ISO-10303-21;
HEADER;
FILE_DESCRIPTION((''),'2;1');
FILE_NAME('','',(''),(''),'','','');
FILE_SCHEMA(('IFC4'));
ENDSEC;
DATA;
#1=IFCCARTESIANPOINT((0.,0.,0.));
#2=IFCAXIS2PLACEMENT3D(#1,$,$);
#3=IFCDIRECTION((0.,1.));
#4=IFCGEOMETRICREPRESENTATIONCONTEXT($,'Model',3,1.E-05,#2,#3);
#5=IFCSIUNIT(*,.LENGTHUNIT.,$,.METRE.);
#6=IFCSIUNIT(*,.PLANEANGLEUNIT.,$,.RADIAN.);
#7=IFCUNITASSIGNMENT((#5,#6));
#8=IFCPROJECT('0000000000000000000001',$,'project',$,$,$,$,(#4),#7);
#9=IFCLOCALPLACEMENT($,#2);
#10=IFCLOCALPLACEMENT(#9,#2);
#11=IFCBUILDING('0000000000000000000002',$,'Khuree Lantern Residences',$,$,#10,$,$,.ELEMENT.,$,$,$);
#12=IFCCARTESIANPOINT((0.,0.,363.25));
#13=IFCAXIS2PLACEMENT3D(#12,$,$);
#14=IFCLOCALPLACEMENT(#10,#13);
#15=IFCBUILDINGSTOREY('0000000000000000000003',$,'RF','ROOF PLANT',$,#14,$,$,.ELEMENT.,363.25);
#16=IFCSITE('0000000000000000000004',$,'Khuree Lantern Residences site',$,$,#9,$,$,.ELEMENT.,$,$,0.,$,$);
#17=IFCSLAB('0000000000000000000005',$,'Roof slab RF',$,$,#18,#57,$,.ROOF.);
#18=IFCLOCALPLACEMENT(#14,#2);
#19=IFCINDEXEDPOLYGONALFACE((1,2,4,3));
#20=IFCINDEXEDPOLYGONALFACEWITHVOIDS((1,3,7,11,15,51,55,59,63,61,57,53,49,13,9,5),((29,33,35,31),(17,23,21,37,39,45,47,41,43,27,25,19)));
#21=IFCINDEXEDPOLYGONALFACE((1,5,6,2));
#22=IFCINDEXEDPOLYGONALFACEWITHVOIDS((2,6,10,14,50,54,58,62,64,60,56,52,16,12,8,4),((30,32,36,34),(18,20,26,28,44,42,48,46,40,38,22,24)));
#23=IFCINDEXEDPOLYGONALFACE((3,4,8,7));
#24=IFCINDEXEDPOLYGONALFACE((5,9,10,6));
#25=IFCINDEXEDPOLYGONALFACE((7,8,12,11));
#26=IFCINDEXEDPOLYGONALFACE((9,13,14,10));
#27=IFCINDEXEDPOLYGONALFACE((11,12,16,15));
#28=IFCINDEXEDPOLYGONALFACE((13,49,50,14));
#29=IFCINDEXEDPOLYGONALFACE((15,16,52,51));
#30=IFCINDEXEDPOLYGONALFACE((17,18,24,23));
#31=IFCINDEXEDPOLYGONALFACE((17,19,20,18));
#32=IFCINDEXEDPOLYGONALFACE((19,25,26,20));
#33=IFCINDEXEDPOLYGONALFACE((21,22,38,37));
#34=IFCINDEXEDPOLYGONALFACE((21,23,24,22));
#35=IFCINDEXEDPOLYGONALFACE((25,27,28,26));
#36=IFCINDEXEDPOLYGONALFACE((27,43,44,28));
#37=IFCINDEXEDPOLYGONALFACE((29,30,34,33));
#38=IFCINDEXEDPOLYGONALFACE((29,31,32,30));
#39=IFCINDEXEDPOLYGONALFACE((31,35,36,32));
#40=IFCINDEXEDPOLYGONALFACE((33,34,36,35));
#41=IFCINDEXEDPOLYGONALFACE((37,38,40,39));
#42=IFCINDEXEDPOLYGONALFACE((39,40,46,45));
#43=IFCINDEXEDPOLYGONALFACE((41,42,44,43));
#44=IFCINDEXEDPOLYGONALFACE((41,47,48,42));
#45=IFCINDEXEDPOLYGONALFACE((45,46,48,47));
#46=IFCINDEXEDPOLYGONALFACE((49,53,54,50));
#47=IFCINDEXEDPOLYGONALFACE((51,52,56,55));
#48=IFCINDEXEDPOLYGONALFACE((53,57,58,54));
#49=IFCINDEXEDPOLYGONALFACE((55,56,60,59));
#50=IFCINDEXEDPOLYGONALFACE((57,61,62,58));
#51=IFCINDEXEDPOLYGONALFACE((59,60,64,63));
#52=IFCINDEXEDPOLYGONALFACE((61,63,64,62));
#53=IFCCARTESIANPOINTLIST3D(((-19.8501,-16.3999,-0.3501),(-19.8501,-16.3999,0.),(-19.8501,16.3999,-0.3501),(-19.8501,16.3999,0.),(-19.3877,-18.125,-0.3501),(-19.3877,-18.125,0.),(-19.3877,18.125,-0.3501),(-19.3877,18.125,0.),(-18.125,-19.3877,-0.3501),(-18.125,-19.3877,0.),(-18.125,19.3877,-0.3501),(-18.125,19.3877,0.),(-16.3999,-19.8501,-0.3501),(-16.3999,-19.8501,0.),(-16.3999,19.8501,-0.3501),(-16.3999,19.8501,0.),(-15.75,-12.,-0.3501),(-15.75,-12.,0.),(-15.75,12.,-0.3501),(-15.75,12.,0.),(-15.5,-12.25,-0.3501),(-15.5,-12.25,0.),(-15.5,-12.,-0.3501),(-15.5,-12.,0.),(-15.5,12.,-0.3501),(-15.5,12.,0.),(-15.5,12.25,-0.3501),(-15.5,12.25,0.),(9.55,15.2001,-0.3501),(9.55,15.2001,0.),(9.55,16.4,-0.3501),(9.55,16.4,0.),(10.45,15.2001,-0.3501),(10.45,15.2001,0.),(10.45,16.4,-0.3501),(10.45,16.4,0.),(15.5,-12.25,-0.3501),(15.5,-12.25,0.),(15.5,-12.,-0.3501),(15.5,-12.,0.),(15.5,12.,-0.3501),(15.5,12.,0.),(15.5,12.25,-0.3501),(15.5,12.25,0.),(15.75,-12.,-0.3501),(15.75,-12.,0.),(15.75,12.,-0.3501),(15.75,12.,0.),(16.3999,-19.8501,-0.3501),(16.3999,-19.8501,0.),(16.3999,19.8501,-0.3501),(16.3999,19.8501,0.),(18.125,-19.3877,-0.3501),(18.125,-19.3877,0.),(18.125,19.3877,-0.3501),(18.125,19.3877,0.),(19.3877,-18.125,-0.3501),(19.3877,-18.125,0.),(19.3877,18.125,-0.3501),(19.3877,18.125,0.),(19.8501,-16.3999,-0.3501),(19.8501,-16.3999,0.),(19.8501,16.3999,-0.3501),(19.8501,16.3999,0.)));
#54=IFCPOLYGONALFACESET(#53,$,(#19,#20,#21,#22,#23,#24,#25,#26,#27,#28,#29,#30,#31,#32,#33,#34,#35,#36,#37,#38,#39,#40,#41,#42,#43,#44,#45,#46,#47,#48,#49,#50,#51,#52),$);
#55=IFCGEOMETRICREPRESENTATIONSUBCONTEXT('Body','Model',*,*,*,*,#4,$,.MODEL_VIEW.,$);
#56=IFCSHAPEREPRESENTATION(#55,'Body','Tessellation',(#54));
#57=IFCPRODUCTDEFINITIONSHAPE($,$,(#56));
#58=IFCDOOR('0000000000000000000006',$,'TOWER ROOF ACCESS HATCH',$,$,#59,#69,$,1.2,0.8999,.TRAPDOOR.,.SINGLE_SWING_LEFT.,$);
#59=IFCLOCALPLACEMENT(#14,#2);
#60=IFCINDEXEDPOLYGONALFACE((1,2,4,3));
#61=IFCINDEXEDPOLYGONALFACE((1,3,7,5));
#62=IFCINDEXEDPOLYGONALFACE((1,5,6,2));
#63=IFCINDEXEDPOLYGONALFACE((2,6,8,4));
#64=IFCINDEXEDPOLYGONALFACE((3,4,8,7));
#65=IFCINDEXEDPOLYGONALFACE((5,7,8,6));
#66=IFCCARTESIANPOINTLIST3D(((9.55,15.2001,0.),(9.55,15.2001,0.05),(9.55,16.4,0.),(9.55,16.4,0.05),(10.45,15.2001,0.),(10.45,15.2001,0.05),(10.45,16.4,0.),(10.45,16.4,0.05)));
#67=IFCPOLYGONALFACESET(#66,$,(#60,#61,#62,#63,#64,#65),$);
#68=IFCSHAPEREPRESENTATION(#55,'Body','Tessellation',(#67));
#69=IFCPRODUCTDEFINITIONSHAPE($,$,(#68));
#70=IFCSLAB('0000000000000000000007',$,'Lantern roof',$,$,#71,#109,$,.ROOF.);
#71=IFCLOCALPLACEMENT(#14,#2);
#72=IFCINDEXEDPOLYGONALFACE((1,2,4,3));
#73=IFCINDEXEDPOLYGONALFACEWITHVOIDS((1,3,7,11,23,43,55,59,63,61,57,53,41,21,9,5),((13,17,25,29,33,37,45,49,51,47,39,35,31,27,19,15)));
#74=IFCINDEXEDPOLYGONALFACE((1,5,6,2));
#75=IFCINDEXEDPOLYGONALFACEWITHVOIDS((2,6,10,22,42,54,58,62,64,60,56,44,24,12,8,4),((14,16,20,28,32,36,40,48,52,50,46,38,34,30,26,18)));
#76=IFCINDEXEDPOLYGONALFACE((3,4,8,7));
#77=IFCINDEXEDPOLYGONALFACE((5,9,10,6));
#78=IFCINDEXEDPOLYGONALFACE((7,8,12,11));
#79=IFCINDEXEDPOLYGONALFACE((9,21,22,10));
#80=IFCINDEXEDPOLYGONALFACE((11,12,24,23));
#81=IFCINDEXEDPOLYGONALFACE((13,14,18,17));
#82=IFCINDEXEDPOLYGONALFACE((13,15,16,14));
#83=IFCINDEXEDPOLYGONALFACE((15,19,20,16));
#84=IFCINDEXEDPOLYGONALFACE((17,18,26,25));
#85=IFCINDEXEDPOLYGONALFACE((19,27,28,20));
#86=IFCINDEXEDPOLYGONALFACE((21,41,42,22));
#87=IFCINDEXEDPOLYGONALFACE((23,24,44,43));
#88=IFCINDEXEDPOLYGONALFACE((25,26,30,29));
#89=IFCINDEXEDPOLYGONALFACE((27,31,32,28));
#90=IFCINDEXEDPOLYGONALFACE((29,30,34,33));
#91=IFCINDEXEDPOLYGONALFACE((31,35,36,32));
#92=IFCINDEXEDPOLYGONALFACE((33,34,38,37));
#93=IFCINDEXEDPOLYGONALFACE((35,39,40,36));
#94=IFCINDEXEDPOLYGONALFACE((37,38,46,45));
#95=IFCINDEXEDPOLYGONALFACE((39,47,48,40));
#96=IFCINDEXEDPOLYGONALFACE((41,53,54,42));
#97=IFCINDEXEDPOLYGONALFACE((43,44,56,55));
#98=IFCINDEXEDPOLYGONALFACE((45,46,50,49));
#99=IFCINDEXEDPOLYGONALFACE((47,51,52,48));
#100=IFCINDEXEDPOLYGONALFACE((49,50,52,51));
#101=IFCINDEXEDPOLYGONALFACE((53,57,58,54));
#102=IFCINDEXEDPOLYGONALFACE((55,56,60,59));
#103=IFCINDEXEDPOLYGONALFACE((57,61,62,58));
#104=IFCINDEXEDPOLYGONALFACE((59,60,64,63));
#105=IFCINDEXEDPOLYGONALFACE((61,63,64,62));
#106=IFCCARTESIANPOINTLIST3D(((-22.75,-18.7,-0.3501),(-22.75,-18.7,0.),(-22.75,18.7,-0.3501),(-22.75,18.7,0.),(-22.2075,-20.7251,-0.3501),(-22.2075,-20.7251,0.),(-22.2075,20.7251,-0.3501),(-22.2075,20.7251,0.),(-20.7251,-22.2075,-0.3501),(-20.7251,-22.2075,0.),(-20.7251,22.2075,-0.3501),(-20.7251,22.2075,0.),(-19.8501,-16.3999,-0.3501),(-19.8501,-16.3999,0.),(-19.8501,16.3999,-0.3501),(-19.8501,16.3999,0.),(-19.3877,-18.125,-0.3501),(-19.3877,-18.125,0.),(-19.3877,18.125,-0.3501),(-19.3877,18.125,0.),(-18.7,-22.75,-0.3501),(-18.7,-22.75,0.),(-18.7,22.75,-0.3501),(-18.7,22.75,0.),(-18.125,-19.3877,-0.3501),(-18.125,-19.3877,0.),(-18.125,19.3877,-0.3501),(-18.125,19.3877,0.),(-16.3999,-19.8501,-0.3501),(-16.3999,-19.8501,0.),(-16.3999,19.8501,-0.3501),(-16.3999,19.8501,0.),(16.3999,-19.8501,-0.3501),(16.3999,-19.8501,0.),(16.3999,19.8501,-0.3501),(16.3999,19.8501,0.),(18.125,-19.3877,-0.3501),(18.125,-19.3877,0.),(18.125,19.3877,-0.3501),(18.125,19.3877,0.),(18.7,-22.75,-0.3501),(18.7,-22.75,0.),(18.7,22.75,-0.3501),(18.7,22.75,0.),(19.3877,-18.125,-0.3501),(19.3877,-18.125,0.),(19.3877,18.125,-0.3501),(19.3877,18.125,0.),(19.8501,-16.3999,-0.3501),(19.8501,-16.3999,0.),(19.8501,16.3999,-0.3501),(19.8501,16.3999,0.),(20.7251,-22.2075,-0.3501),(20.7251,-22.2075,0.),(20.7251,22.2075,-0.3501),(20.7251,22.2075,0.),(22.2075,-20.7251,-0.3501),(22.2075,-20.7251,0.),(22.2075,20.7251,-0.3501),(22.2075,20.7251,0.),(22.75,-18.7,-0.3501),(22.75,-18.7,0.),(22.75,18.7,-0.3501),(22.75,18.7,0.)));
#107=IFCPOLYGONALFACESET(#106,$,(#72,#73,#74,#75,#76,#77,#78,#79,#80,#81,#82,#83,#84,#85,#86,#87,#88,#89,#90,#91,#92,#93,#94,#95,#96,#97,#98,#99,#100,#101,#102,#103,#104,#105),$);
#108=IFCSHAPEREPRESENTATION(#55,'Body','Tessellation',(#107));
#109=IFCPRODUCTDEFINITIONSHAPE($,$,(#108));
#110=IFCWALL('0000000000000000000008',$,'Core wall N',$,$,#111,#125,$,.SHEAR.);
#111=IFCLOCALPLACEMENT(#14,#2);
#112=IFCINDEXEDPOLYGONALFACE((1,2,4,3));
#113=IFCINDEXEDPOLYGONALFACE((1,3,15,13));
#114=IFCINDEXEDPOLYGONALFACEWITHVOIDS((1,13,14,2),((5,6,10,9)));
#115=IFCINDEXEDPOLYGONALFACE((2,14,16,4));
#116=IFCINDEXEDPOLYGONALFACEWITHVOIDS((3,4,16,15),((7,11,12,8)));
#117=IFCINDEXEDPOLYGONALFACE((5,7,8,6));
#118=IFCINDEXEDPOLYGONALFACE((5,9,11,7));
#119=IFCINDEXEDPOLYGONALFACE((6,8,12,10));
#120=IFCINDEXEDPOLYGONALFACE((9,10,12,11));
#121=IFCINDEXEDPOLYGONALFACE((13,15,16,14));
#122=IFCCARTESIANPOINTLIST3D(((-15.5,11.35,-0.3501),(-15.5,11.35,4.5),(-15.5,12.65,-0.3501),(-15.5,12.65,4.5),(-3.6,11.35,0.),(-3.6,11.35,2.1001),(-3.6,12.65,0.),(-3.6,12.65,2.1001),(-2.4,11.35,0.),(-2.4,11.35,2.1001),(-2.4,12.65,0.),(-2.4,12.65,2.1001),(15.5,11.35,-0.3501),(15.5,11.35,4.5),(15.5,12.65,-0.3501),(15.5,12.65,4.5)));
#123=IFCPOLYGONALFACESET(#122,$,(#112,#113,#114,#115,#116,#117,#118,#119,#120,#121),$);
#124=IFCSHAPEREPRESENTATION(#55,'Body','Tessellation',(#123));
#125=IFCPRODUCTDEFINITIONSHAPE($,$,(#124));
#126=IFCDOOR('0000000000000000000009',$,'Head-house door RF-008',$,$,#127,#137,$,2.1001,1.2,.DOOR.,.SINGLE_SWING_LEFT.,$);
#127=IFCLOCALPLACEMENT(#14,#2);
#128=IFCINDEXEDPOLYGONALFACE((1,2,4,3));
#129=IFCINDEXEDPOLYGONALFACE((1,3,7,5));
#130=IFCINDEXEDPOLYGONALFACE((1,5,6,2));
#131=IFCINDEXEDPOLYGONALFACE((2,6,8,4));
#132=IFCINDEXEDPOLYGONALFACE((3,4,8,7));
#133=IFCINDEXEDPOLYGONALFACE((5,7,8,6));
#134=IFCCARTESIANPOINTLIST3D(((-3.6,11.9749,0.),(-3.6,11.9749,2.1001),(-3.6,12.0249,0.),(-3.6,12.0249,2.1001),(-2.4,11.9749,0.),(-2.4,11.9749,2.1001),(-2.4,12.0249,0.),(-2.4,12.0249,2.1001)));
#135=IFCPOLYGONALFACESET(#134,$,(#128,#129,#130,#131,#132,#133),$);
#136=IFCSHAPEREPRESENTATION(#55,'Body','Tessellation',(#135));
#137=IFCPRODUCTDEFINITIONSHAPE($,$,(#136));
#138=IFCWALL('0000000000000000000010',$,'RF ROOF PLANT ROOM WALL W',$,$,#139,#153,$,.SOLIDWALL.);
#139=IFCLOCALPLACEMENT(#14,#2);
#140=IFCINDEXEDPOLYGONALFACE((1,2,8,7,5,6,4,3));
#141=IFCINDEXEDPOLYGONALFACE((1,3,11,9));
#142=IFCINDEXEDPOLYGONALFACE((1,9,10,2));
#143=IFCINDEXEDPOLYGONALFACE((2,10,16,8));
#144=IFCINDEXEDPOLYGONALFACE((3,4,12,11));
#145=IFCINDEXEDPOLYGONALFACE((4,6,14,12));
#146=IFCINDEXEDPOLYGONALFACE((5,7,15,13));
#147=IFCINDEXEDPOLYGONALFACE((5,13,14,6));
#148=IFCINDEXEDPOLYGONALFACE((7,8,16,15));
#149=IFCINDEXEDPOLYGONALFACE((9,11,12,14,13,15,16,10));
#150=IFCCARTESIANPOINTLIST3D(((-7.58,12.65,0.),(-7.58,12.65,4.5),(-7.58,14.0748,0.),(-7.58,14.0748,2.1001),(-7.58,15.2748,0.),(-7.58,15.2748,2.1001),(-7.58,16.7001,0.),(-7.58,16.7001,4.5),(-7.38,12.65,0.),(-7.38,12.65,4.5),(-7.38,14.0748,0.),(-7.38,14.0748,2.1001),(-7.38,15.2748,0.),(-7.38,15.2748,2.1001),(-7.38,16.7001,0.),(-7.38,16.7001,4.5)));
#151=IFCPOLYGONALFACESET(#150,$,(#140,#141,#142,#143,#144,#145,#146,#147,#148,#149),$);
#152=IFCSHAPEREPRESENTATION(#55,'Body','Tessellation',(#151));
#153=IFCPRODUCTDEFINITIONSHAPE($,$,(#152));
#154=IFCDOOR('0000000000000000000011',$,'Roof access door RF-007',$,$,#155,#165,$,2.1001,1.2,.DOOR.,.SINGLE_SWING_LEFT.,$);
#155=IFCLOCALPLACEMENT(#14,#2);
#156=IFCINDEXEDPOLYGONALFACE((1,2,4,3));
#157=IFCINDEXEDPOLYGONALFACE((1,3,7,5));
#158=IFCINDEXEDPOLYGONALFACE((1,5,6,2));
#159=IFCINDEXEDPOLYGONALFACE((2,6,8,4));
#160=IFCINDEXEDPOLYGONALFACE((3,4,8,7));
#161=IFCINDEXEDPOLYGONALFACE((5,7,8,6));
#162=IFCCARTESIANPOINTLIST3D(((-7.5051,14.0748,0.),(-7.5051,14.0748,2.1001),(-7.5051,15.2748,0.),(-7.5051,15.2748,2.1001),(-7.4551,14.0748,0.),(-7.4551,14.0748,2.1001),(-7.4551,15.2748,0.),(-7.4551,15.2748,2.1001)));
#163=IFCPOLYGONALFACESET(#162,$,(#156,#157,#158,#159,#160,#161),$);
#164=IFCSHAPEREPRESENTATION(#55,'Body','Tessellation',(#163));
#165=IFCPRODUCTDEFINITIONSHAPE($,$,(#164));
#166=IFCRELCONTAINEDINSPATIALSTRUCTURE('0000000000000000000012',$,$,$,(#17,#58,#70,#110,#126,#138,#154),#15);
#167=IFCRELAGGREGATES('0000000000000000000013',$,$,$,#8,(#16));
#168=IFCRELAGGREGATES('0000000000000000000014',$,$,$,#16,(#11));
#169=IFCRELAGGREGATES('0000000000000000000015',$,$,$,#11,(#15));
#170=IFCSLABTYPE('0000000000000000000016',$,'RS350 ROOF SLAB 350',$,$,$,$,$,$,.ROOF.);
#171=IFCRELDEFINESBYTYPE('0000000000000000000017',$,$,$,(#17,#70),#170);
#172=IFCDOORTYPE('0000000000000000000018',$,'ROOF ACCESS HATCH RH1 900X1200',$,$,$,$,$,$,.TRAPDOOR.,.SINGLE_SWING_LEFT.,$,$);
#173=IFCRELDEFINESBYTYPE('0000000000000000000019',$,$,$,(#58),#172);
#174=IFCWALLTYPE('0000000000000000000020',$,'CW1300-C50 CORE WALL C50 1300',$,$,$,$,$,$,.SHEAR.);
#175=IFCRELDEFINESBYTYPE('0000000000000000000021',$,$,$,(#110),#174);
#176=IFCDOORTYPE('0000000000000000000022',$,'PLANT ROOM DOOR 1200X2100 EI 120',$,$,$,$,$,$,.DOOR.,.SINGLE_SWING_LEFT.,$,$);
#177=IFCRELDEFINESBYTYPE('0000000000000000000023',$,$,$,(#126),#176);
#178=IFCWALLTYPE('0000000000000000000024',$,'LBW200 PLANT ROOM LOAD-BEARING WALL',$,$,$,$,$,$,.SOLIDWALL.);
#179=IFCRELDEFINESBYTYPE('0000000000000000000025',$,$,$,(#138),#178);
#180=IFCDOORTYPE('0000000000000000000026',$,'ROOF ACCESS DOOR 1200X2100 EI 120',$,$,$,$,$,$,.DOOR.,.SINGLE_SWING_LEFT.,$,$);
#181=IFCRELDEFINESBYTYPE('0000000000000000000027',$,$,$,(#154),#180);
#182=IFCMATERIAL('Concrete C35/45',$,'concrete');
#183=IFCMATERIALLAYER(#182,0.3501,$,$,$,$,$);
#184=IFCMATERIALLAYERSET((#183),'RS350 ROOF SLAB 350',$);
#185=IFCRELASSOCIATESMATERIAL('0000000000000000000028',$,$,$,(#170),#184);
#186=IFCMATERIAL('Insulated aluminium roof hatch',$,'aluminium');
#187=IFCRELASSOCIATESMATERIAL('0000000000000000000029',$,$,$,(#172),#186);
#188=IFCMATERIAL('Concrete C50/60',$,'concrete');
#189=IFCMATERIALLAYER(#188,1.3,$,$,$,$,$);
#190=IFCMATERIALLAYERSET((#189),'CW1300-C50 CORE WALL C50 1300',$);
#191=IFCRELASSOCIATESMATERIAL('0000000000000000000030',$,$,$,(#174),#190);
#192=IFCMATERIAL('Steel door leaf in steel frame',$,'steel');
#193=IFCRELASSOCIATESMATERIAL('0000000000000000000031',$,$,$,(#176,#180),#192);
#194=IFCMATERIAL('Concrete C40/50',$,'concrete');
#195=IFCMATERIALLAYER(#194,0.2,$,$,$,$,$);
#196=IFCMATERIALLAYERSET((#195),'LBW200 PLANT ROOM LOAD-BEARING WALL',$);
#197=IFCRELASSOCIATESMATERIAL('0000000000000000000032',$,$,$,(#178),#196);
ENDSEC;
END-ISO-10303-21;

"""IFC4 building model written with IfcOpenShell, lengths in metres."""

from ifc_helpers import new_model, si_unit, direction, frame, frame_2d, origin, origin_2d, place, context, subcontext, project, spatial, polyline, rectangle, outline, extrude, material, layer, layer_set, type_object, element, fill, save


model = new_model("IFC4")

# Units and contexts
model_context = context("Model", 3, precision=1e-05, world=origin(), true_north=direction((0.0, 1.0)))
body_context = subcontext(model_context, "Body", "Model", "MODEL_VIEW")
ifc_project = project(units=[si_unit("LENGTHUNIT", "METRE"), si_unit("PLANEANGLEUNIT", "RADIAN")], contexts=[model_context])

# Site, building, storey
site_placement = place(None, origin())
site = spatial("IfcSite", under=ifc_project, at=site_placement, Name="Khuree Lantern Residences site", CompositionType="ELEMENT", RefElevation=0.0)
building_placement = place(site_placement, origin())
building = spatial("IfcBuilding", under=site, at=building_placement, Name="Khuree Lantern Residences", CompositionType="ELEMENT")
storey_placement = place(building_placement, frame((0.0, 0.0, 363.25)))
storey = spatial("IfcBuildingStorey", under=building, at=storey_placement, Name="RF", Description="ROOF PLANT", CompositionType="ELEMENT", Elevation=363.25)

# Shared definitions
ifc_material_1 = material(Name="Concrete C50/60", Category="concrete")

# Shared definitions
ifc_material_2 = material(Name="Concrete C35/45", Category="concrete")

# Slab, opening, door
ifc_layer_1 = layer(ifc_material_2, 0.3501)
ifc_layer_set_1 = layer_set([ifc_layer_1], Name="RS350 ROOF SLAB 350")
slab_type_1 = type_object("IfcSlabType", Name="RS350 ROOF SLAB 350", PredefinedType="ROOF", material=ifc_layer_set_1)
slab_1_placement = place(storey_placement, frame((0.0, 0.0, -0.3501)))
slab_1 = element("IfcSlab", 1, at=slab_1_placement, inside=storey, type_object=slab_type_1, Name="Roof slab RF", PredefinedType="ROOF", context=body_context, shape_type="SweptSolid", body=[
    extrude(outline(polyline([(-18.125, -19.3877), (-19.3877, -18.125), (-19.8501, -16.3999), (-19.8501, 16.3999), (-19.3877, 18.125), (-18.125, 19.3877), (-16.3999, 19.8501), (16.3999, 19.8501), (18.125, 19.3877), (19.3877, 18.125), (19.8501, 16.3999), (19.8501, -16.3999), (19.3877, -18.125), (18.125, -19.3877), (16.3999, -19.8501), (-16.3999, -19.8501), (-18.125, -19.3877)]), holes=[polyline([(15.75, 12.0), (15.5, 12.0), (15.5, 12.25), (-15.5, 12.25), (-15.5, 12.0), (-15.75, 12.0), (-15.75, -12.0), (-15.5, -12.0), (-15.5, -12.25), (15.5, -12.25), (15.5, -12.0), (15.75, -12.0), (15.75, 12.0)])]), origin(), (0.0, 0.0, 1.0), 0.3501),
])
opening_1_placement = place(slab_1_placement, frame((10.0, 15.8, 0.0)))
opening_1 = element("IfcOpeningElement", 2, at=opening_1_placement, cuts=slab_1, PredefinedType="OPENING", context=body_context, shape_type="SweptSolid", body=[
    extrude(rectangle(XDim=0.8999, YDim=1.2, at=origin_2d()), origin(), (0.0, 0.0, 1.0), 0.4001),
])
ifc_material_3 = material(Name="Insulated aluminium roof hatch", Category="aluminium")
door_type_1 = type_object("IfcDoorType", Name="ROOF ACCESS HATCH RH1 900X1200", OperationType="SINGLE_SWING_LEFT", PredefinedType="TRAPDOOR", material=ifc_material_3)
door_1_placement = place(opening_1_placement, frame((0.0, 0.0, 0.3501)))
door_1 = element("IfcDoor", 3, at=door_1_placement, inside=storey, type_object=door_type_1, Name="TOWER ROOF ACCESS HATCH", OperationType="SINGLE_SWING_LEFT", OverallHeight=1.2, OverallWidth=0.8999, PredefinedType="TRAPDOOR", context=body_context, shape_type="SweptSolid", body=[
    extrude(rectangle(XDim=0.8999, YDim=1.2, at=origin_2d()), origin(), (0.0, 0.0, 1.0), 0.05),
])
fill(opening_1, door_1)

# Slab
slab_2_placement = place(storey_placement, frame((0.0, 0.0, -0.3501)))
element("IfcSlab", 4, at=slab_2_placement, inside=storey, type_object=slab_type_1, Name="Lantern roof", PredefinedType="ROOF", context=body_context, shape_type="SweptSolid", body=[
    extrude(outline(polyline([(-20.7251, -22.2075), (-22.2075, -20.7251), (-22.75, -18.7), (-22.75, 18.7), (-22.2075, 20.7251), (-20.7251, 22.2075), (-18.7, 22.75), (18.7, 22.75), (20.7251, 22.2075), (22.2075, 20.7251), (22.75, 18.7), (22.75, -18.7), (22.2075, -20.7251), (20.7251, -22.2075), (18.7, -22.75), (-18.7, -22.75), (-20.7251, -22.2075)]), holes=[polyline([(19.3877, -18.125), (19.8501, -16.3999), (19.8501, 16.3999), (19.3877, 18.125), (18.125, 19.3877), (16.3999, 19.8501), (-16.3999, 19.8501), (-18.125, 19.3877), (-19.3877, 18.125), (-19.8501, 16.3999), (-19.8501, -16.3999), (-19.3877, -18.125), (-18.125, -19.3877), (-16.3999, -19.8501), (16.3999, -19.8501), (18.125, -19.3877), (19.3877, -18.125)])]), origin(), (0.0, 0.0, 1.0), 0.3501),
])

# Walls, openings, doors
ifc_layer_2 = layer(ifc_material_1, 1.3)
ifc_layer_set_2 = layer_set([ifc_layer_2], Name="CW1300-C50 CORE WALL C50 1300")
wall_type_1 = type_object("IfcWallType", Name="CW1300-C50 CORE WALL C50 1300", PredefinedType="SHEAR", material=ifc_layer_set_2)
wall_1_placement = place(storey_placement, frame((-15.5, 12.0, -0.3501), z_axis=(0.0, 0.0, 1.0), x_axis=(1.0, 0.0, 0.0)))
wall_1 = element("IfcWall", 5, at=wall_1_placement, inside=storey, type_object=wall_type_1, Name="Core wall N", PredefinedType="SHEAR", context=body_context, shape_type="SweptSolid", body=[
    extrude(rectangle(XDim=31.0, YDim=1.3, at=frame_2d((15.5, 0.0))), origin(), (0.0, 0.0, 1.0), 4.8501),
])
opening_2_placement = place(wall_1_placement, frame((11.8999, 0.0, 0.3501)))
opening_2 = element("IfcOpeningElement", 6, at=opening_2_placement, cuts=wall_1, PredefinedType="OPENING", context=body_context, shape_type="SweptSolid", body=[
    extrude(rectangle(XDim=1.2, YDim=2.1001, at=frame_2d((0.6001, 1.05))), frame((0.0, 0.6602, 0.0), z_axis=(0.0, -1.0, 0.0), x_axis=(1.0, 0.0, 0.0)), (0.0, 0.0, 1.0), 1.3201),
])
ifc_material_4 = material(Name="Steel door leaf in steel frame", Category="steel")
door_type_2 = type_object("IfcDoorType", Name="PLANT ROOM DOOR 1200X2100 EI 120", OperationType="SINGLE_SWING_LEFT", PredefinedType="DOOR", material=ifc_material_4)
door_2_placement = place(opening_2_placement, origin())
door_2 = element("IfcDoor", 7, at=door_2_placement, inside=storey, type_object=door_type_2, Name="Head-house door RF-008", OperationType="SINGLE_SWING_LEFT", OverallHeight=2.1001, OverallWidth=1.2, PredefinedType="DOOR", context=body_context, shape_type="SweptSolid", body=[
    extrude(rectangle(XDim=1.2, YDim=2.1001, at=frame_2d((0.6001, 1.05))), frame((0.0, 0.0249, 0.0), z_axis=(0.0, -1.0, 0.0), x_axis=(1.0, 0.0, 0.0)), (0.0, 0.0, 1.0), 0.05),
])
fill(opening_2, door_2)
ifc_material_5 = material(Name="Concrete C40/50", Category="concrete")
ifc_layer_3 = layer(ifc_material_5, 0.2)
ifc_layer_set_3 = layer_set([ifc_layer_3], Name="LBW200 PLANT ROOM LOAD-BEARING WALL")
wall_type_2 = type_object("IfcWallType", Name="LBW200 PLANT ROOM LOAD-BEARING WALL", PredefinedType="SOLIDWALL", material=ifc_layer_set_3)
wall_2_placement = place(storey_placement, frame((-7.48, 16.7, 0.0), z_axis=(0.0, 0.0, 1.0), x_axis=(0.0, -1.0, 0.0)))
wall_2 = element("IfcWall", 8, at=wall_2_placement, inside=storey, type_object=wall_type_2, Name="RF ROOF PLANT ROOM WALL W", PredefinedType="SOLIDWALL", context=body_context, shape_type="SweptSolid", body=[
    extrude(rectangle(XDim=4.05, YDim=0.2, at=frame_2d((2.0249, 0.0))), origin(), (0.0, 0.0, 1.0), 4.5),
])
opening_3_placement = place(wall_2_placement, frame((1.425, 0.0, 0.0)))
opening_3 = element("IfcOpeningElement", 9, at=opening_3_placement, cuts=wall_2, PredefinedType="OPENING", context=body_context, shape_type="SweptSolid", body=[
    extrude(rectangle(XDim=1.2, YDim=2.1001, at=frame_2d((0.6001, 1.05))), frame((0.0, 0.1099, 0.0), z_axis=(0.0, -1.0, 0.0), x_axis=(1.0, 0.0, 0.0)), (0.0, 0.0, 1.0), 0.22),
])
door_type_3 = type_object("IfcDoorType", Name="ROOF ACCESS DOOR 1200X2100 EI 120", OperationType="SINGLE_SWING_LEFT", PredefinedType="DOOR", material=ifc_material_4)
door_3_placement = place(opening_3_placement, origin())
door_3 = element("IfcDoor", 10, at=door_3_placement, inside=storey, type_object=door_type_3, Name="Roof access door RF-007", OperationType="SINGLE_SWING_LEFT", OverallHeight=2.1001, OverallWidth=1.2, PredefinedType="DOOR", context=body_context, shape_type="SweptSolid", body=[
    extrude(rectangle(XDim=1.2, YDim=2.1001, at=frame_2d((0.6001, 1.05))), frame((0.0, 0.0249, 0.0), z_axis=(0.0, -1.0, 0.0), x_axis=(1.0, 0.0, 0.0)), (0.0, 0.0, 1.0), 0.05),
])
fill(opening_3, door_3)

save(model, "model.ifc")
